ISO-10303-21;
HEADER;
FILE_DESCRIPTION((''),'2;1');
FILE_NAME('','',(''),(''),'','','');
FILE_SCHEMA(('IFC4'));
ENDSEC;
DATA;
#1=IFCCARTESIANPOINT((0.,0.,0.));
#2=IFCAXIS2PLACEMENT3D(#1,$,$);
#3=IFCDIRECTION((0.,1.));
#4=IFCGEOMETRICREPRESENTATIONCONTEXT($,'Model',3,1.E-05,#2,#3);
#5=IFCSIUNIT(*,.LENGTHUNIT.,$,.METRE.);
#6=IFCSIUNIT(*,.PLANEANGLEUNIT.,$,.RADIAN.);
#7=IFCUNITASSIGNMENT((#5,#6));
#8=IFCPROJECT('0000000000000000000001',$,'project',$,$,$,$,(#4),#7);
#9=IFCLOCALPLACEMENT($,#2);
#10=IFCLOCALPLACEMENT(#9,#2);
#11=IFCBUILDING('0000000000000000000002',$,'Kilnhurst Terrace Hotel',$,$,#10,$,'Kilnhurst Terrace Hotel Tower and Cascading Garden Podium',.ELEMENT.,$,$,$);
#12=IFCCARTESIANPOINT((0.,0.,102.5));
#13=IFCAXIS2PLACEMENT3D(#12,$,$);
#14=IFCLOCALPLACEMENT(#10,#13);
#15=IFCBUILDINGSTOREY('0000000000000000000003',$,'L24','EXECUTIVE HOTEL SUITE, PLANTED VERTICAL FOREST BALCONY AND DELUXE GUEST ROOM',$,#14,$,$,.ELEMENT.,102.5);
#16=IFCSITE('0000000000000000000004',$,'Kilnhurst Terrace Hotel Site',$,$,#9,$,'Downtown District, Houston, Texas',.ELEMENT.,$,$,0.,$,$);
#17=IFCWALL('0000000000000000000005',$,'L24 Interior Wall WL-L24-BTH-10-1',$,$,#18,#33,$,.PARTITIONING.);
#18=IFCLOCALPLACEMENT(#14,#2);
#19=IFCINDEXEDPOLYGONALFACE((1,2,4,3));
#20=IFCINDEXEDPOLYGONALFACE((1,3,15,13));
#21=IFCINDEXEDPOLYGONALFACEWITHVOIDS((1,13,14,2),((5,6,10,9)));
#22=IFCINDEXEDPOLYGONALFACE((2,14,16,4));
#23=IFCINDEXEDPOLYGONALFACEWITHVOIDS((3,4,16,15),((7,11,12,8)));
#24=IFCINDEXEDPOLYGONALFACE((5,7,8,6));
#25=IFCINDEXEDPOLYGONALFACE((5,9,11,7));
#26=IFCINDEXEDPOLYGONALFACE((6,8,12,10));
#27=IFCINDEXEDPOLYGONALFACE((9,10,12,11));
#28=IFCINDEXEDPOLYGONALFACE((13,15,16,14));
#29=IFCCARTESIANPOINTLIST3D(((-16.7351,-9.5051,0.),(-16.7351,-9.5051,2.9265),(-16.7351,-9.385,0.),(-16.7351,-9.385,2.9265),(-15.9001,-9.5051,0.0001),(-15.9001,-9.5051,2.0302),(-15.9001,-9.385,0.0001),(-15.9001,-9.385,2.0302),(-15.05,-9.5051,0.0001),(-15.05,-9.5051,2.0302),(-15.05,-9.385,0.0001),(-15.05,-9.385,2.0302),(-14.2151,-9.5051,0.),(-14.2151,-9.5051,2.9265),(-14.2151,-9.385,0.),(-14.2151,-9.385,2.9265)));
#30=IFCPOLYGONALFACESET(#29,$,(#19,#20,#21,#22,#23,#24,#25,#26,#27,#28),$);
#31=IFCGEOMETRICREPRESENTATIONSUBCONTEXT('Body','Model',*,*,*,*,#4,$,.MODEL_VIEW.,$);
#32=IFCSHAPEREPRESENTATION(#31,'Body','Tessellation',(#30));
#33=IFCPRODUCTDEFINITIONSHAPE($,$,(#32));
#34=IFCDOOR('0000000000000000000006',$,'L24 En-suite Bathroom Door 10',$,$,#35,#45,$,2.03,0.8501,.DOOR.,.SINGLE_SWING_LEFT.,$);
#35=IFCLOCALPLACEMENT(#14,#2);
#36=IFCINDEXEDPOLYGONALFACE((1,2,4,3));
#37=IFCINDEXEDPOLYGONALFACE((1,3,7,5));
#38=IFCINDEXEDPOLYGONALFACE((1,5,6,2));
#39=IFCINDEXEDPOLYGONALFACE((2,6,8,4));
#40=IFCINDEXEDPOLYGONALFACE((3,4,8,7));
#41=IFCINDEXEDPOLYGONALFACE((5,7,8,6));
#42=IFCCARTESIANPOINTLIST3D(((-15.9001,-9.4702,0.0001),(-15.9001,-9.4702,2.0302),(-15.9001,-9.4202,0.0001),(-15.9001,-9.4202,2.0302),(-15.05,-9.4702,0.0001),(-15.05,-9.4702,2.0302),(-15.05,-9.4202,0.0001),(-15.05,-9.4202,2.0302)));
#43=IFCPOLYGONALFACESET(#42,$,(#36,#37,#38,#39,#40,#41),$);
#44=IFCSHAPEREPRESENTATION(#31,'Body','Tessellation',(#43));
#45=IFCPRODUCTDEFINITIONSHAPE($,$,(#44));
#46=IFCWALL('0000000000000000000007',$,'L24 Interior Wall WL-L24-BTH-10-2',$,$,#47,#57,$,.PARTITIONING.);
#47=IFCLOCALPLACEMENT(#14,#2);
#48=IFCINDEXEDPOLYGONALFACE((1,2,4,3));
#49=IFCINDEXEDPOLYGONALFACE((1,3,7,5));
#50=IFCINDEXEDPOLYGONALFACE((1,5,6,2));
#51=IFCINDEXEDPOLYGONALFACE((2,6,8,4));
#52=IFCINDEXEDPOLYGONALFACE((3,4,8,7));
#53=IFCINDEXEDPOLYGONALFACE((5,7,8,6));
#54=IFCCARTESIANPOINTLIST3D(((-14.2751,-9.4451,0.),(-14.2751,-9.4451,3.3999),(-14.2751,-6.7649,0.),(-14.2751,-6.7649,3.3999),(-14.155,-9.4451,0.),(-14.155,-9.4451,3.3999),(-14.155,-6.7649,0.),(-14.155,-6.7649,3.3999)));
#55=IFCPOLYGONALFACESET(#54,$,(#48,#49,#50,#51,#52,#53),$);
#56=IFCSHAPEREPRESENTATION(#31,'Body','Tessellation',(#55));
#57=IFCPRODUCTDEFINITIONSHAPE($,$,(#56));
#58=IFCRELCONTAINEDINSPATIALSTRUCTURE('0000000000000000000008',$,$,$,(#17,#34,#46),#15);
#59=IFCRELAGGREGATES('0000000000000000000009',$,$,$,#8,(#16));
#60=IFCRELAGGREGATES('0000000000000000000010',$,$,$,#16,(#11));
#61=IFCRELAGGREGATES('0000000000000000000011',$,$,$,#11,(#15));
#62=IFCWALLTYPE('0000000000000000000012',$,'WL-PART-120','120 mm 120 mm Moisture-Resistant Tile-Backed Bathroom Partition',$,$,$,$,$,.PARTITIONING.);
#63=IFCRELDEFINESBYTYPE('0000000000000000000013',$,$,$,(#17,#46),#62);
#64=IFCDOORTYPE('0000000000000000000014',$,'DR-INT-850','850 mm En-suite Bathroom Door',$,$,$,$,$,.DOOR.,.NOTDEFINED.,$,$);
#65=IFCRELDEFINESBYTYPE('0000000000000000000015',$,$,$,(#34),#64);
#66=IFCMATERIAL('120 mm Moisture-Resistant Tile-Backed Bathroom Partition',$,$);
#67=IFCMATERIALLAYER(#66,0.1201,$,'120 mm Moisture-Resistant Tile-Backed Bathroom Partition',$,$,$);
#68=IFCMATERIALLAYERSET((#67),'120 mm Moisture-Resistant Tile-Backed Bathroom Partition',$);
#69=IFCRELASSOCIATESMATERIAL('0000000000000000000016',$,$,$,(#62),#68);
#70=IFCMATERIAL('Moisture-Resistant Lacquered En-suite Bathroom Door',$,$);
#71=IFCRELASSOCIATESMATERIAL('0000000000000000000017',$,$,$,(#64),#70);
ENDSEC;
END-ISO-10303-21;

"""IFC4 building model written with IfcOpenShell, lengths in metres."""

from ifc_helpers import new_model, si_unit, direction, frame, frame_2d, origin, place, context, subcontext, project, spatial, rectangle, extrude, material, layer, layer_set, type_object, element, fill, save


model = new_model("IFC4")

# Units and contexts
model_context = context("Model", 3, precision=1e-05, world=origin(), true_north=direction((0.0, 1.0)))
body_context = subcontext(model_context, "Body", "Model", "MODEL_VIEW")
ifc_project = project(units=[si_unit("LENGTHUNIT", "METRE"), si_unit("PLANEANGLEUNIT", "RADIAN")], contexts=[model_context])

# Site, building, storey
site_placement = place(None, origin())
site = spatial("IfcSite", under=ifc_project, at=site_placement, Name="Kilnhurst Terrace Hotel Site", LongName="Downtown District, Houston, Texas", CompositionType="ELEMENT", RefElevation=0.0)
building_placement = place(site_placement, origin())
building = spatial("IfcBuilding", under=site, at=building_placement, Name="Kilnhurst Terrace Hotel", LongName="Kilnhurst Terrace Hotel Tower and Cascading Garden Podium", CompositionType="ELEMENT")
storey_placement = place(building_placement, frame((0.0, 0.0, 102.5)))
storey = spatial("IfcBuildingStorey", under=building, at=storey_placement, Name="L24", Description="EXECUTIVE HOTEL SUITE, PLANTED VERTICAL FOREST BALCONY AND DELUXE GUEST ROOM", CompositionType="ELEMENT", Elevation=102.5)

# Wall, opening, door
ifc_material_1 = material(Name="120 mm Moisture-Resistant Tile-Backed Bathroom Partition")
ifc_layer_1 = layer(ifc_material_1, 0.1201, Name="120 mm Moisture-Resistant Tile-Backed Bathroom Partition")
ifc_layer_set_1 = layer_set([ifc_layer_1], Name="120 mm Moisture-Resistant Tile-Backed Bathroom Partition")
wall_type_1 = type_object("IfcWallType", Name="WL-PART-120", Description="120 mm 120 mm Moisture-Resistant Tile-Backed Bathroom Partition", PredefinedType="PARTITIONING", material=ifc_layer_set_1)
wall_1_placement = place(storey_placement, frame((-16.7351, -9.4451, 0.0), z_axis=(0.0, 0.0, 1.0), x_axis=(1.0, 0.0, 0.0)))
wall_1 = element("IfcWall", 1, at=wall_1_placement, inside=storey, type_object=wall_type_1, Name="L24 Interior Wall WL-L24-BTH-10-1", PredefinedType="PARTITIONING", context=body_context, shape_type="SweptSolid", body=[
    extrude(rectangle(XDim=2.52, YDim=0.1201, at=frame_2d((1.26, 0.0))), origin(), (0.0, 0.0, 1.0), 2.9265),
])
opening_1_placement = place(wall_1_placement, frame((0.835, 0.0, 0.0)))
opening_1 = element("IfcOpeningElement", 2, at=opening_1_placement, cuts=wall_1, PredefinedType="OPENING", context=body_context, shape_type="SweptSolid", body=[
    extrude(rectangle(XDim=0.8501, YDim=2.03, at=frame_2d((0.425, 1.0151))), frame((0.0, 0.0701, 0.0), z_axis=(0.0, -1.0, 0.0), x_axis=(1.0, 0.0, 0.0)), (0.0, 0.0, 1.0), 0.1401),
])
ifc_material_2 = material(Name="Moisture-Resistant Lacquered En-suite Bathroom Door")
door_type_1 = type_object("IfcDoorType", Name="DR-INT-850", Description="850 mm En-suite Bathroom Door", OperationType="NOTDEFINED", PredefinedType="DOOR", material=ifc_material_2)
door_1_placement = place(opening_1_placement, origin())
door_1 = element("IfcDoor", 3, at=door_1_placement, inside=storey, type_object=door_type_1, Name="L24 En-suite Bathroom Door 10", OperationType="SINGLE_SWING_LEFT", OverallHeight=2.03, OverallWidth=0.8501, PredefinedType="DOOR", context=body_context, shape_type="SweptSolid", body=[
    extrude(rectangle(XDim=0.8501, YDim=2.03, at=frame_2d((0.425, 1.0151))), frame((0.0, 0.0249, 0.0), z_axis=(0.0, -1.0, 0.0), x_axis=(1.0, 0.0, 0.0)), (0.0, 0.0, 1.0), 0.05),
])
fill(opening_1, door_1)

# Wall
wall_2_placement = place(storey_placement, frame((-14.2151, -9.4451, 0.0), z_axis=(0.0, 0.0, 1.0), x_axis=(0.0, 1.0, 0.0)))
element("IfcWall", 4, at=wall_2_placement, inside=storey, type_object=wall_type_1, Name="L24 Interior Wall WL-L24-BTH-10-2", PredefinedType="PARTITIONING", context=body_context, shape_type="SweptSolid", body=[
    extrude(rectangle(XDim=2.6802, YDim=0.1201, at=frame_2d((1.3401, 0.0))), origin(), (0.0, 0.0, 1.0), 3.3999),
])

save(model, "model.ifc")
